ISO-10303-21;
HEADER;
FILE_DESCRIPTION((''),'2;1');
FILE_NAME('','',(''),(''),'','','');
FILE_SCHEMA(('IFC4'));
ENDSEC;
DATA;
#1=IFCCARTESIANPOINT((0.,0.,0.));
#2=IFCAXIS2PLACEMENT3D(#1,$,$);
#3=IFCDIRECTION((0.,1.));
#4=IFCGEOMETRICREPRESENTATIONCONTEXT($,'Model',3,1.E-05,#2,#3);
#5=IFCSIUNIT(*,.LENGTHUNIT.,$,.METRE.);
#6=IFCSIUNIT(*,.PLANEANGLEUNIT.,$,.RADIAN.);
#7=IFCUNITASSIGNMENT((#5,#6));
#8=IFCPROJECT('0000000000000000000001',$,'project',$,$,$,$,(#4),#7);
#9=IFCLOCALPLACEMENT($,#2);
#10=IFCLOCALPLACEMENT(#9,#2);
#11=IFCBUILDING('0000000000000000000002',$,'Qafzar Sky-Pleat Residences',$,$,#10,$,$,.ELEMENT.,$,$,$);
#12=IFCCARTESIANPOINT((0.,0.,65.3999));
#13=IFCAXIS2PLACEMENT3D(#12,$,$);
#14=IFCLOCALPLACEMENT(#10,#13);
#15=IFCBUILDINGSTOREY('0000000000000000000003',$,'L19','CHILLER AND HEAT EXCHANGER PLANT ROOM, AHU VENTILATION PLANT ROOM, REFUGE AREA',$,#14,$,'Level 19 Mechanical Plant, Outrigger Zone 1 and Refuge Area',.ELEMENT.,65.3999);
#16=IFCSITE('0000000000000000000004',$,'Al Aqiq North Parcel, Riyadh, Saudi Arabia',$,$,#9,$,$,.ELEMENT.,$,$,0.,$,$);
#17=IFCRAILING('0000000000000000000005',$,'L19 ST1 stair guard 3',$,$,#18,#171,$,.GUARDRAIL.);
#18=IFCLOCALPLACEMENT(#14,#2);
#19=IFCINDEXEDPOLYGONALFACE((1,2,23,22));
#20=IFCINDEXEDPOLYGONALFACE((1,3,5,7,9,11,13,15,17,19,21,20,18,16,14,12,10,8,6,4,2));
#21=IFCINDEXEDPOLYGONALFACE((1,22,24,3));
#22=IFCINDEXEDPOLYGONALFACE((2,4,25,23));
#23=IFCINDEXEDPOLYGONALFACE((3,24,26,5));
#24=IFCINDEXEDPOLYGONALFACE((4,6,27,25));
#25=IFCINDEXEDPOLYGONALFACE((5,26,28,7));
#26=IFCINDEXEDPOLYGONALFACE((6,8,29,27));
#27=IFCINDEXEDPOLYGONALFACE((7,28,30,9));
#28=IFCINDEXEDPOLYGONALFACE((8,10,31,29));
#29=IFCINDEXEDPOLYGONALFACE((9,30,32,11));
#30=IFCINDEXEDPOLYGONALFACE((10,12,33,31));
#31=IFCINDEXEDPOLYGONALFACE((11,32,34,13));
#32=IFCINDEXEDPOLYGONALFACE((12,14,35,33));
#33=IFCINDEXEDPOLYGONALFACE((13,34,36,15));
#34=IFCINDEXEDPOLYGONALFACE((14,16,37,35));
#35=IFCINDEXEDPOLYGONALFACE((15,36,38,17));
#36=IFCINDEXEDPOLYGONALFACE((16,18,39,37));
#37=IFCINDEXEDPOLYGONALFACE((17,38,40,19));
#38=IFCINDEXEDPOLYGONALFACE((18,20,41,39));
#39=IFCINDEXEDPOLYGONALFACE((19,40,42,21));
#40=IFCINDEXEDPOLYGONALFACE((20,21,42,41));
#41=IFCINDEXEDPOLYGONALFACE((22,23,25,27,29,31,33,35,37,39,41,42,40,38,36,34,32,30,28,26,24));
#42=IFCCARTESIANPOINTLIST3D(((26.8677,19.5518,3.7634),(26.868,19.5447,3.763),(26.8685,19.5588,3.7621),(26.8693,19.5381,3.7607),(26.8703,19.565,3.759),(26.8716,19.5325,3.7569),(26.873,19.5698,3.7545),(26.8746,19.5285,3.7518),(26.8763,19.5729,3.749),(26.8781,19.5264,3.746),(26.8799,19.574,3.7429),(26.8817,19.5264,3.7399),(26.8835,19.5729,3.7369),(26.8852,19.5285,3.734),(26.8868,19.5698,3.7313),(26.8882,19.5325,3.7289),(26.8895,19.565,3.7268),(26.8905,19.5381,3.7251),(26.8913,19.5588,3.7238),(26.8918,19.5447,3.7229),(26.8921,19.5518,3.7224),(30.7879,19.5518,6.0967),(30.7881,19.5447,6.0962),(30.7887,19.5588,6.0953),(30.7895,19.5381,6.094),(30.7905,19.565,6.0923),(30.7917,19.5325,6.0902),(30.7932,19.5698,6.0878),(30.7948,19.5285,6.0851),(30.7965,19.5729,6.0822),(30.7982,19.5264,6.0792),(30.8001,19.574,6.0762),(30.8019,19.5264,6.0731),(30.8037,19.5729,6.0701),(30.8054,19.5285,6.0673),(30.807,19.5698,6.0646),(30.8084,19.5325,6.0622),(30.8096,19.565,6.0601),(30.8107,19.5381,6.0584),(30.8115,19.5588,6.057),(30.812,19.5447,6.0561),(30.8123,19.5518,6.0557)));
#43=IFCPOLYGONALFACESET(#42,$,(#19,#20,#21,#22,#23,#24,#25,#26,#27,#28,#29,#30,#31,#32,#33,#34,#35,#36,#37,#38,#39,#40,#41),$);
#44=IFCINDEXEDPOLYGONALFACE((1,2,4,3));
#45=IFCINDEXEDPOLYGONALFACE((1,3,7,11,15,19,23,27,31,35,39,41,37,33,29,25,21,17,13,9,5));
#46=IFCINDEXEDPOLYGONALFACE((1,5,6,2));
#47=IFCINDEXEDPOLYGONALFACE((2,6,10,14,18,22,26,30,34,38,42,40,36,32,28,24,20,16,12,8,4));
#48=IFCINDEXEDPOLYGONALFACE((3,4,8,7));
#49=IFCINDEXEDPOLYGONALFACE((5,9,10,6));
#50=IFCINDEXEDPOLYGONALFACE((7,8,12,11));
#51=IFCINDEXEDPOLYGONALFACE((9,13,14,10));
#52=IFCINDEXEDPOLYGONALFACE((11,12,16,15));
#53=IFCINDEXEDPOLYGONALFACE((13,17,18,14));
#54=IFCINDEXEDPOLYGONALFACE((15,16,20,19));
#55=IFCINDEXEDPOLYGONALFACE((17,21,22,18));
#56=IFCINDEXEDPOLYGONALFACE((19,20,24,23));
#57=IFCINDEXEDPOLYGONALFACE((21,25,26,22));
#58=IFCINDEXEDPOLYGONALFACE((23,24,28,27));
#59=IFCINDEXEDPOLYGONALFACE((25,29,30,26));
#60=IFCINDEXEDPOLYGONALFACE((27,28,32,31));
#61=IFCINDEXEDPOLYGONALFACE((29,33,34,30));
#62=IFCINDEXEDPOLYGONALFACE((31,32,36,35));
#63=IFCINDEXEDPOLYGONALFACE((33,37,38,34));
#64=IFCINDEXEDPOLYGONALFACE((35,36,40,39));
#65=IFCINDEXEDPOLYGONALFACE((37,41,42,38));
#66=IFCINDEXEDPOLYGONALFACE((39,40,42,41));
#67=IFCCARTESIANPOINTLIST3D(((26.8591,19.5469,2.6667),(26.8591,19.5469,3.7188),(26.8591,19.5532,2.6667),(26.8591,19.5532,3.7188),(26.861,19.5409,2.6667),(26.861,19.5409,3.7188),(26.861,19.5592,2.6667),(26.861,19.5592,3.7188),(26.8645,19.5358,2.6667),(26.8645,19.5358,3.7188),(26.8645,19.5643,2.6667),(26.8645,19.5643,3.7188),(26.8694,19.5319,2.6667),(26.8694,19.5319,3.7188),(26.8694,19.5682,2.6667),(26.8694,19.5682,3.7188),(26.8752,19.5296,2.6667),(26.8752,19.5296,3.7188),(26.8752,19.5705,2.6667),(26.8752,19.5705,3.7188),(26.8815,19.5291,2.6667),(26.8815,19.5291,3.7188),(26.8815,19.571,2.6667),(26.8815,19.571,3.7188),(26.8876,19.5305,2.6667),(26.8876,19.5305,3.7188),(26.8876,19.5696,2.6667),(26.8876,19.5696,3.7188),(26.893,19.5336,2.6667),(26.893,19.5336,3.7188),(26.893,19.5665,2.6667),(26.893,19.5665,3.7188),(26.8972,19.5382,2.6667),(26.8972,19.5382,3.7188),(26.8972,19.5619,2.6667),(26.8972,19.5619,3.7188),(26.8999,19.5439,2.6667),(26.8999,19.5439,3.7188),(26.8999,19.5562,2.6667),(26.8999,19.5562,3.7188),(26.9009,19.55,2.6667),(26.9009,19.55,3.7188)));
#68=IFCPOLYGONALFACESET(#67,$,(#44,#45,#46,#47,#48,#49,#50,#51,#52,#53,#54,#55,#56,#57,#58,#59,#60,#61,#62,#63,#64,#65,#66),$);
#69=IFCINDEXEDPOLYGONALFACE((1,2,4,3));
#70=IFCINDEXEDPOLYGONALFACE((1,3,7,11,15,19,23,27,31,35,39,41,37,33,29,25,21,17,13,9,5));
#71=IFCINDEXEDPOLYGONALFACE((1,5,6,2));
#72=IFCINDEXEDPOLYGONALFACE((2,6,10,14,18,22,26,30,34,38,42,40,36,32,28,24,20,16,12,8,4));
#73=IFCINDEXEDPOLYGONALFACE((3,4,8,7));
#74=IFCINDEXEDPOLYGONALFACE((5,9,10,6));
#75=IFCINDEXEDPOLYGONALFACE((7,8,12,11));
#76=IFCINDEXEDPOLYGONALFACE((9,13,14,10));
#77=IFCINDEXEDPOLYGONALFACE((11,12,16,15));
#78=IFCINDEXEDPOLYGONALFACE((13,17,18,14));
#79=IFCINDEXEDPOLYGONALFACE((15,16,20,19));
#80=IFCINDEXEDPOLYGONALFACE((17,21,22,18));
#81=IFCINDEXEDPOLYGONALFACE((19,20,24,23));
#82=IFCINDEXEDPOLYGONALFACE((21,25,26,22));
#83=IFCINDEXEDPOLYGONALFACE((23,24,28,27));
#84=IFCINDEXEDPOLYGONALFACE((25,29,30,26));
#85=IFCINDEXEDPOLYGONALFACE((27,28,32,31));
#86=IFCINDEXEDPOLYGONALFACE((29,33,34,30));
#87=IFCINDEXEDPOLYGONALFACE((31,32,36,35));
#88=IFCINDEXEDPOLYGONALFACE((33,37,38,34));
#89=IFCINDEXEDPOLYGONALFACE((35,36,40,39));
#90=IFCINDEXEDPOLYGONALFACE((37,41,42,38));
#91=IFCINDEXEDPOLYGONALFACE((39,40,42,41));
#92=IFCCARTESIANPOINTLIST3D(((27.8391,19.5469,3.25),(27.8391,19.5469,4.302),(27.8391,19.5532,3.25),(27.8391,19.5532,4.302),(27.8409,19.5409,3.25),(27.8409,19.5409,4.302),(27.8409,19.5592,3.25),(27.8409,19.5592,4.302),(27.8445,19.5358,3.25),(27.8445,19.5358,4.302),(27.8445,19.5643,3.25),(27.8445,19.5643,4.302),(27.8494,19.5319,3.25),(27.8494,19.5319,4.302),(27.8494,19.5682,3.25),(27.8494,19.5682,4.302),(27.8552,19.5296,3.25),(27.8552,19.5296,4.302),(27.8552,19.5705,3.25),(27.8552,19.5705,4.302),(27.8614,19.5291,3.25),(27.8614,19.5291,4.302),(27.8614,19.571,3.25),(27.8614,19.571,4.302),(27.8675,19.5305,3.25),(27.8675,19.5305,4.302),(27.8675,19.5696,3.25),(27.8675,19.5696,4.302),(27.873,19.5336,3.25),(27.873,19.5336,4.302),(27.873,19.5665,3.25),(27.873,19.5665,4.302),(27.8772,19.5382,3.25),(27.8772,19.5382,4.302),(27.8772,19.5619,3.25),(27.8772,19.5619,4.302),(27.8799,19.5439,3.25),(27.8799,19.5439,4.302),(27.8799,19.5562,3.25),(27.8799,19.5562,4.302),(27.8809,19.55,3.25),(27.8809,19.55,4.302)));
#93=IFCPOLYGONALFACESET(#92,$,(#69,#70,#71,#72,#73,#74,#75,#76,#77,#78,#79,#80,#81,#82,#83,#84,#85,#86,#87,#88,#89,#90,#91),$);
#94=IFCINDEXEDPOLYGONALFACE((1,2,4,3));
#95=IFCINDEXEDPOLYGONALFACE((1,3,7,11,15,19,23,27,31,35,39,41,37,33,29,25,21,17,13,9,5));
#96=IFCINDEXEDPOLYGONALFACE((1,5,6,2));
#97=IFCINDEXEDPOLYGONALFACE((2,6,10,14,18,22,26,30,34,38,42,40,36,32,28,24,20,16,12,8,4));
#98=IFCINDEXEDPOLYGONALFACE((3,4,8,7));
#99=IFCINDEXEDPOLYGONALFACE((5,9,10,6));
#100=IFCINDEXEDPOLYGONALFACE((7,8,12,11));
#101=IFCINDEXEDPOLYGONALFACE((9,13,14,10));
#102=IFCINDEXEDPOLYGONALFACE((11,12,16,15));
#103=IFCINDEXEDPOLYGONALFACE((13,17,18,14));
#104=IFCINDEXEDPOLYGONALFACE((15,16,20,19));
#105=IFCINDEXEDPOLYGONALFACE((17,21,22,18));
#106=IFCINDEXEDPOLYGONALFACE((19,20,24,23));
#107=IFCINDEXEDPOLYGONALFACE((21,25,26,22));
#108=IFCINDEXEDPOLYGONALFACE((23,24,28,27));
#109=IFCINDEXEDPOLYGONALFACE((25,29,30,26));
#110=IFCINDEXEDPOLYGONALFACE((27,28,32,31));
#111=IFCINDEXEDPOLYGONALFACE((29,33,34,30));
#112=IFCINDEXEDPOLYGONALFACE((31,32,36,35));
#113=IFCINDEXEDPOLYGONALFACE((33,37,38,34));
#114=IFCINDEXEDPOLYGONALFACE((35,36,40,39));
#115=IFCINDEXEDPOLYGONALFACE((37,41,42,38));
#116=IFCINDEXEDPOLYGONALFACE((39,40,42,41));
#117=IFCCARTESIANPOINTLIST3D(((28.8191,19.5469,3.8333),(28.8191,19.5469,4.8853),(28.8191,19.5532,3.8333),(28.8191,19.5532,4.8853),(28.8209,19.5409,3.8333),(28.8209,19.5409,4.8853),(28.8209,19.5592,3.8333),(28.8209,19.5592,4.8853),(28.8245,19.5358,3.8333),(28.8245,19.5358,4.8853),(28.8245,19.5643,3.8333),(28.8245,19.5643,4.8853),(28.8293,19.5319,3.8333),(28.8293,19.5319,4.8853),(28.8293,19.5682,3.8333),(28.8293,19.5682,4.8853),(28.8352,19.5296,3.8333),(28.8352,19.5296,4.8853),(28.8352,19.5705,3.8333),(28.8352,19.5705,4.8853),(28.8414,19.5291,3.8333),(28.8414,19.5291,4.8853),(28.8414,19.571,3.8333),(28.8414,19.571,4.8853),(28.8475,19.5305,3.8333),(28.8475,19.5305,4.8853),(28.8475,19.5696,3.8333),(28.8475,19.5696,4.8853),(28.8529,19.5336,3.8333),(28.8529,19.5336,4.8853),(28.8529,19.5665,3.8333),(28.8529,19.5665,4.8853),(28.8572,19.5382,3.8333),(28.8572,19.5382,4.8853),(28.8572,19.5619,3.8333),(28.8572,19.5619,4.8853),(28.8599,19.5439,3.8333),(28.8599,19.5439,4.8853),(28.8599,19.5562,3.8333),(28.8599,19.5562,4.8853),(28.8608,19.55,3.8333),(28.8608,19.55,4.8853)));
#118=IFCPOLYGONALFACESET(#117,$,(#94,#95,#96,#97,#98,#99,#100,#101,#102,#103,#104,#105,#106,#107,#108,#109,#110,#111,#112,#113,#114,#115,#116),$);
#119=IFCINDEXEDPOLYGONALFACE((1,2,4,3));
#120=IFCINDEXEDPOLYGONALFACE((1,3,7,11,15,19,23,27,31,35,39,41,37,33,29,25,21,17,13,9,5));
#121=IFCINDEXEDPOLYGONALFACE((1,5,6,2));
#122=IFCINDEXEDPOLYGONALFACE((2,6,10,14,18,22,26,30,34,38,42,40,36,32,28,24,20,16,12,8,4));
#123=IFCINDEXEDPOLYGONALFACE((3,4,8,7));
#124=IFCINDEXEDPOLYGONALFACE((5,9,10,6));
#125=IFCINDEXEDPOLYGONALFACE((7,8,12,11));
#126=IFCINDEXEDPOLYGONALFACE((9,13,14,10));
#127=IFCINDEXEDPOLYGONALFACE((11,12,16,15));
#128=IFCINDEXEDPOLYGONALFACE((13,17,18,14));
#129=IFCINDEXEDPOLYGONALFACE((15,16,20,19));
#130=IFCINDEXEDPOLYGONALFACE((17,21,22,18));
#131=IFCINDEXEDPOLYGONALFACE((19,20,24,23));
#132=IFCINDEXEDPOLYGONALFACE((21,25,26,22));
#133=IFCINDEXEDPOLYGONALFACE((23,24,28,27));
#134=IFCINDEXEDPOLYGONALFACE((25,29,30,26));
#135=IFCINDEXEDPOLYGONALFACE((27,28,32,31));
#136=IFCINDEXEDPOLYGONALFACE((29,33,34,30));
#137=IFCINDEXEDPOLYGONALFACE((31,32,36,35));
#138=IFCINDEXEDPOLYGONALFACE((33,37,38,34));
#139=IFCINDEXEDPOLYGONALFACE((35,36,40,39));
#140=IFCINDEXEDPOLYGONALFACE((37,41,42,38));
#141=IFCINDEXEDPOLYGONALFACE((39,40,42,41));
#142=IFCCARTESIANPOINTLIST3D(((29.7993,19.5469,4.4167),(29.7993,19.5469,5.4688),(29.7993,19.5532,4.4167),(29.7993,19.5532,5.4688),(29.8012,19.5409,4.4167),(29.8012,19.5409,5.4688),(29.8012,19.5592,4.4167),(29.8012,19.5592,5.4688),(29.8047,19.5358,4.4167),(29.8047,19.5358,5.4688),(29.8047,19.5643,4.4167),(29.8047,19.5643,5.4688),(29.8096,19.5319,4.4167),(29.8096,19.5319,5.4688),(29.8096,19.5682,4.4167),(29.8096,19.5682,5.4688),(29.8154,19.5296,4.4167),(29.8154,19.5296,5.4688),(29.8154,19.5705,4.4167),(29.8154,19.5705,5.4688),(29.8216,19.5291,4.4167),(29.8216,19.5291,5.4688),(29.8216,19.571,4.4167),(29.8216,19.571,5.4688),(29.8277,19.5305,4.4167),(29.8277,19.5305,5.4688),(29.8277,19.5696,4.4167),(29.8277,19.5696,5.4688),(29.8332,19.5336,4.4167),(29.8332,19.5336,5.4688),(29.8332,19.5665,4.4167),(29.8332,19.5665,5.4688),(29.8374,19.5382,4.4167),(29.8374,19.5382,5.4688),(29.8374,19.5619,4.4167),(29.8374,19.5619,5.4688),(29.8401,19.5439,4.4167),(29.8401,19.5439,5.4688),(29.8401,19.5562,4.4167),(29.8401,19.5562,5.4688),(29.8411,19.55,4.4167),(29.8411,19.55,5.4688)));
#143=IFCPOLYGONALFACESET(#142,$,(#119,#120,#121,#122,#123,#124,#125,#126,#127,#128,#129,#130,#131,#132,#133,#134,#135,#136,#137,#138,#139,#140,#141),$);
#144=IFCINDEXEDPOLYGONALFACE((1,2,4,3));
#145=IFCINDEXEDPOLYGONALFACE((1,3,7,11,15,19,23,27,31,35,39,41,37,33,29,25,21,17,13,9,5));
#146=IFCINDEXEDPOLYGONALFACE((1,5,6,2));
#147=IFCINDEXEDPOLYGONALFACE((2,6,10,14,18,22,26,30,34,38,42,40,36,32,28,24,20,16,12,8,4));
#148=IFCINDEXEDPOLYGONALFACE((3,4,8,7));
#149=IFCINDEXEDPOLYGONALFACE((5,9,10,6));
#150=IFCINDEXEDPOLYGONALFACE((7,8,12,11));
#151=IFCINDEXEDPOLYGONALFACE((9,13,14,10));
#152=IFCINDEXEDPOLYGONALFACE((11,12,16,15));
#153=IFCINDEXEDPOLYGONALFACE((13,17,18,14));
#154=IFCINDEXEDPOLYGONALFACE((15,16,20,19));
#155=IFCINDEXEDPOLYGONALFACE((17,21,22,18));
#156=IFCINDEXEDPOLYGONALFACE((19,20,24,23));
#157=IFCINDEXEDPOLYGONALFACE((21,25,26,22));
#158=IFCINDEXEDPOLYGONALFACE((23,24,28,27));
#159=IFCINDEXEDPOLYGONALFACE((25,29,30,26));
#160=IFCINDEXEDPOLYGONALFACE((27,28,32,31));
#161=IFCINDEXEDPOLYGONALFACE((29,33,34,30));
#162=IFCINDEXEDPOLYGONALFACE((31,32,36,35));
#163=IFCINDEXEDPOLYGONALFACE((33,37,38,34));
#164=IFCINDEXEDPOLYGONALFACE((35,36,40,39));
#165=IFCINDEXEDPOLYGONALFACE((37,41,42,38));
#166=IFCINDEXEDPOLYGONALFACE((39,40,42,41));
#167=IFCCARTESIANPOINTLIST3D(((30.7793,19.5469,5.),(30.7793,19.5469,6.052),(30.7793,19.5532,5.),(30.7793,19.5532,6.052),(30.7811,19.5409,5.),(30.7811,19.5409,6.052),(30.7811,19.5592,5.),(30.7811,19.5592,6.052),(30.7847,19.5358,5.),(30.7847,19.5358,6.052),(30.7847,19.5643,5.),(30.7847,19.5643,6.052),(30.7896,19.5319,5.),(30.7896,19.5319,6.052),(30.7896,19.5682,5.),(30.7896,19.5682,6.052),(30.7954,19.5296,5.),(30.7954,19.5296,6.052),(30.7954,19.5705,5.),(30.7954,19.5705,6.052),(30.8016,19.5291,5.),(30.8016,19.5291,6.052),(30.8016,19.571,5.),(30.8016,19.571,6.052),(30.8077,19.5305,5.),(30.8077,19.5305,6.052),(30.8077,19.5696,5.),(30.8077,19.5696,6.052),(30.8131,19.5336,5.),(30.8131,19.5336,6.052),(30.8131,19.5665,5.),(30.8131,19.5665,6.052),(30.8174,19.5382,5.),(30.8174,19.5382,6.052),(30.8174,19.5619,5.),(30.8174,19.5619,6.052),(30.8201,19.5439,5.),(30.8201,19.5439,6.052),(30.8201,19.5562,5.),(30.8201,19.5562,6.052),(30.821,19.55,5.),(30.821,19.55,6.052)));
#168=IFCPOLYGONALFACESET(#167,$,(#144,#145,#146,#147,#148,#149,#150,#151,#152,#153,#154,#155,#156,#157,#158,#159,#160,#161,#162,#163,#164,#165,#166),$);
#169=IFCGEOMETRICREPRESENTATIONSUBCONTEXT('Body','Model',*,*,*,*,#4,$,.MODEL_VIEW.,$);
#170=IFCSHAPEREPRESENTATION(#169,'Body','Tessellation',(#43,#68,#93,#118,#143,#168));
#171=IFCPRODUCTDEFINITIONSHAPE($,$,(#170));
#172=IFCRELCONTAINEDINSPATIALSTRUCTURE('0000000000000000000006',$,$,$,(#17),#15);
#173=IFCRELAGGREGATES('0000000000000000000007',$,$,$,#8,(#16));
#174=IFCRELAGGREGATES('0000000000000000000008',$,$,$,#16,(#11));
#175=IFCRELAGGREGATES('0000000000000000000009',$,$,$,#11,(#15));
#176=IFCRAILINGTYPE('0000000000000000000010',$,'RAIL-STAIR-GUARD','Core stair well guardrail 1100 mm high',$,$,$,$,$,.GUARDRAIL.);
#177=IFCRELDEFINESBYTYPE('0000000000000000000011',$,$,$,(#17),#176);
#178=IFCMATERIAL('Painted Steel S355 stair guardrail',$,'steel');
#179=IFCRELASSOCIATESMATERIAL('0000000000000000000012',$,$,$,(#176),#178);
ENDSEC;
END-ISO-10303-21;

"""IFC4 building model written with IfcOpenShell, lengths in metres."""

from ifc_helpers import new_model, si_unit, direction, frame, origin, origin_2d, place, context, subcontext, project, spatial, circle, extrude, source, transform, mapped, material, type_object, element, save


model = new_model("IFC4")

# Units and contexts
model_context = context("Model", 3, precision=1e-05, world=origin(), true_north=direction((0.0, 1.0)))
body_context = subcontext(model_context, "Body", "Model", "MODEL_VIEW")
ifc_project = project(units=[si_unit("LENGTHUNIT", "METRE"), si_unit("PLANEANGLEUNIT", "RADIAN")], contexts=[model_context])

# Site, building, storey
site_placement = place(None, origin())
site = spatial("IfcSite", under=ifc_project, at=site_placement, Name="Al Aqiq North Parcel, Riyadh, Saudi Arabia", CompositionType="ELEMENT", RefElevation=0.0)
building_placement = place(site_placement, origin())
building = spatial("IfcBuilding", under=site, at=building_placement, Name="Qafzar Sky-Pleat Residences", CompositionType="ELEMENT")
storey_placement = place(building_placement, frame((0.0, 0.0, 65.3999)))
storey = spatial("IfcBuildingStorey", under=building, at=storey_placement, Name="L19", Description="CHILLER AND HEAT EXCHANGER PLANT ROOM, AHU VENTILATION PLANT ROOM, REFUGE AREA", LongName="Level 19 Mechanical Plant, Outrigger Zone 1 and Refuge Area", CompositionType="ELEMENT", Elevation=65.3999)

# Railing
ifc_material_1 = material(Name="Painted Steel S355 stair guardrail", Category="steel")
railing_type_1 = type_object("IfcRailingType", Name="RAIL-STAIR-GUARD", Description="Core stair well guardrail 1100 mm high", PredefinedType="GUARDRAIL", material=ifc_material_1)
shared_shape_1 = source(origin(), body_context, "Body", "SweptSolid", [
    extrude(circle(Radius=0.0239, at=origin_2d()), frame((0.0, 0.0, 1.0762), z_axis=(0.85931, 0.0, 0.511455), x_axis=(0.0, 1.0, 0.0)), (0.0, 0.0, 1.0), 4.562),
    extrude(circle(Radius=0.021, at=origin_2d()), origin(), (0.0, 0.0, 1.0), 1.052),
    extrude(circle(Radius=0.021, at=origin_2d()), frame((0.98, 0.0, 0.5833)), (0.0, 0.0, 1.0), 1.052),
    extrude(circle(Radius=0.021, at=origin_2d()), frame((1.96, 0.0, 1.1665)), (0.0, 0.0, 1.0), 1.052),
    extrude(circle(Radius=0.021, at=origin_2d()), frame((2.9402, 0.0, 1.75)), (0.0, 0.0, 1.0), 1.052),
    extrude(circle(Radius=0.021, at=origin_2d()), frame((3.9202, 0.0, 2.3333)), (0.0, 0.0, 1.0), 1.052),
])
railing_1_placement = place(storey_placement, frame((26.8799, 19.55, 2.6667)))
element("IfcRailing", 1, at=railing_1_placement, inside=storey, type_object=railing_type_1, Name="L19 ST1 stair guard 3", PredefinedType="GUARDRAIL", context=body_context, shape_type="MappedRepresentation", body=[
    mapped(shared_shape_1, transform((0.0, 0.0, 0.0), x_axis=(1.0, 0.0, 0.0), y_axis=(0.0, 1.0, 0.0), z_axis=(0.0, 0.0, 1.0), scale=1.0)),
])

save(model, "model.ifc")
